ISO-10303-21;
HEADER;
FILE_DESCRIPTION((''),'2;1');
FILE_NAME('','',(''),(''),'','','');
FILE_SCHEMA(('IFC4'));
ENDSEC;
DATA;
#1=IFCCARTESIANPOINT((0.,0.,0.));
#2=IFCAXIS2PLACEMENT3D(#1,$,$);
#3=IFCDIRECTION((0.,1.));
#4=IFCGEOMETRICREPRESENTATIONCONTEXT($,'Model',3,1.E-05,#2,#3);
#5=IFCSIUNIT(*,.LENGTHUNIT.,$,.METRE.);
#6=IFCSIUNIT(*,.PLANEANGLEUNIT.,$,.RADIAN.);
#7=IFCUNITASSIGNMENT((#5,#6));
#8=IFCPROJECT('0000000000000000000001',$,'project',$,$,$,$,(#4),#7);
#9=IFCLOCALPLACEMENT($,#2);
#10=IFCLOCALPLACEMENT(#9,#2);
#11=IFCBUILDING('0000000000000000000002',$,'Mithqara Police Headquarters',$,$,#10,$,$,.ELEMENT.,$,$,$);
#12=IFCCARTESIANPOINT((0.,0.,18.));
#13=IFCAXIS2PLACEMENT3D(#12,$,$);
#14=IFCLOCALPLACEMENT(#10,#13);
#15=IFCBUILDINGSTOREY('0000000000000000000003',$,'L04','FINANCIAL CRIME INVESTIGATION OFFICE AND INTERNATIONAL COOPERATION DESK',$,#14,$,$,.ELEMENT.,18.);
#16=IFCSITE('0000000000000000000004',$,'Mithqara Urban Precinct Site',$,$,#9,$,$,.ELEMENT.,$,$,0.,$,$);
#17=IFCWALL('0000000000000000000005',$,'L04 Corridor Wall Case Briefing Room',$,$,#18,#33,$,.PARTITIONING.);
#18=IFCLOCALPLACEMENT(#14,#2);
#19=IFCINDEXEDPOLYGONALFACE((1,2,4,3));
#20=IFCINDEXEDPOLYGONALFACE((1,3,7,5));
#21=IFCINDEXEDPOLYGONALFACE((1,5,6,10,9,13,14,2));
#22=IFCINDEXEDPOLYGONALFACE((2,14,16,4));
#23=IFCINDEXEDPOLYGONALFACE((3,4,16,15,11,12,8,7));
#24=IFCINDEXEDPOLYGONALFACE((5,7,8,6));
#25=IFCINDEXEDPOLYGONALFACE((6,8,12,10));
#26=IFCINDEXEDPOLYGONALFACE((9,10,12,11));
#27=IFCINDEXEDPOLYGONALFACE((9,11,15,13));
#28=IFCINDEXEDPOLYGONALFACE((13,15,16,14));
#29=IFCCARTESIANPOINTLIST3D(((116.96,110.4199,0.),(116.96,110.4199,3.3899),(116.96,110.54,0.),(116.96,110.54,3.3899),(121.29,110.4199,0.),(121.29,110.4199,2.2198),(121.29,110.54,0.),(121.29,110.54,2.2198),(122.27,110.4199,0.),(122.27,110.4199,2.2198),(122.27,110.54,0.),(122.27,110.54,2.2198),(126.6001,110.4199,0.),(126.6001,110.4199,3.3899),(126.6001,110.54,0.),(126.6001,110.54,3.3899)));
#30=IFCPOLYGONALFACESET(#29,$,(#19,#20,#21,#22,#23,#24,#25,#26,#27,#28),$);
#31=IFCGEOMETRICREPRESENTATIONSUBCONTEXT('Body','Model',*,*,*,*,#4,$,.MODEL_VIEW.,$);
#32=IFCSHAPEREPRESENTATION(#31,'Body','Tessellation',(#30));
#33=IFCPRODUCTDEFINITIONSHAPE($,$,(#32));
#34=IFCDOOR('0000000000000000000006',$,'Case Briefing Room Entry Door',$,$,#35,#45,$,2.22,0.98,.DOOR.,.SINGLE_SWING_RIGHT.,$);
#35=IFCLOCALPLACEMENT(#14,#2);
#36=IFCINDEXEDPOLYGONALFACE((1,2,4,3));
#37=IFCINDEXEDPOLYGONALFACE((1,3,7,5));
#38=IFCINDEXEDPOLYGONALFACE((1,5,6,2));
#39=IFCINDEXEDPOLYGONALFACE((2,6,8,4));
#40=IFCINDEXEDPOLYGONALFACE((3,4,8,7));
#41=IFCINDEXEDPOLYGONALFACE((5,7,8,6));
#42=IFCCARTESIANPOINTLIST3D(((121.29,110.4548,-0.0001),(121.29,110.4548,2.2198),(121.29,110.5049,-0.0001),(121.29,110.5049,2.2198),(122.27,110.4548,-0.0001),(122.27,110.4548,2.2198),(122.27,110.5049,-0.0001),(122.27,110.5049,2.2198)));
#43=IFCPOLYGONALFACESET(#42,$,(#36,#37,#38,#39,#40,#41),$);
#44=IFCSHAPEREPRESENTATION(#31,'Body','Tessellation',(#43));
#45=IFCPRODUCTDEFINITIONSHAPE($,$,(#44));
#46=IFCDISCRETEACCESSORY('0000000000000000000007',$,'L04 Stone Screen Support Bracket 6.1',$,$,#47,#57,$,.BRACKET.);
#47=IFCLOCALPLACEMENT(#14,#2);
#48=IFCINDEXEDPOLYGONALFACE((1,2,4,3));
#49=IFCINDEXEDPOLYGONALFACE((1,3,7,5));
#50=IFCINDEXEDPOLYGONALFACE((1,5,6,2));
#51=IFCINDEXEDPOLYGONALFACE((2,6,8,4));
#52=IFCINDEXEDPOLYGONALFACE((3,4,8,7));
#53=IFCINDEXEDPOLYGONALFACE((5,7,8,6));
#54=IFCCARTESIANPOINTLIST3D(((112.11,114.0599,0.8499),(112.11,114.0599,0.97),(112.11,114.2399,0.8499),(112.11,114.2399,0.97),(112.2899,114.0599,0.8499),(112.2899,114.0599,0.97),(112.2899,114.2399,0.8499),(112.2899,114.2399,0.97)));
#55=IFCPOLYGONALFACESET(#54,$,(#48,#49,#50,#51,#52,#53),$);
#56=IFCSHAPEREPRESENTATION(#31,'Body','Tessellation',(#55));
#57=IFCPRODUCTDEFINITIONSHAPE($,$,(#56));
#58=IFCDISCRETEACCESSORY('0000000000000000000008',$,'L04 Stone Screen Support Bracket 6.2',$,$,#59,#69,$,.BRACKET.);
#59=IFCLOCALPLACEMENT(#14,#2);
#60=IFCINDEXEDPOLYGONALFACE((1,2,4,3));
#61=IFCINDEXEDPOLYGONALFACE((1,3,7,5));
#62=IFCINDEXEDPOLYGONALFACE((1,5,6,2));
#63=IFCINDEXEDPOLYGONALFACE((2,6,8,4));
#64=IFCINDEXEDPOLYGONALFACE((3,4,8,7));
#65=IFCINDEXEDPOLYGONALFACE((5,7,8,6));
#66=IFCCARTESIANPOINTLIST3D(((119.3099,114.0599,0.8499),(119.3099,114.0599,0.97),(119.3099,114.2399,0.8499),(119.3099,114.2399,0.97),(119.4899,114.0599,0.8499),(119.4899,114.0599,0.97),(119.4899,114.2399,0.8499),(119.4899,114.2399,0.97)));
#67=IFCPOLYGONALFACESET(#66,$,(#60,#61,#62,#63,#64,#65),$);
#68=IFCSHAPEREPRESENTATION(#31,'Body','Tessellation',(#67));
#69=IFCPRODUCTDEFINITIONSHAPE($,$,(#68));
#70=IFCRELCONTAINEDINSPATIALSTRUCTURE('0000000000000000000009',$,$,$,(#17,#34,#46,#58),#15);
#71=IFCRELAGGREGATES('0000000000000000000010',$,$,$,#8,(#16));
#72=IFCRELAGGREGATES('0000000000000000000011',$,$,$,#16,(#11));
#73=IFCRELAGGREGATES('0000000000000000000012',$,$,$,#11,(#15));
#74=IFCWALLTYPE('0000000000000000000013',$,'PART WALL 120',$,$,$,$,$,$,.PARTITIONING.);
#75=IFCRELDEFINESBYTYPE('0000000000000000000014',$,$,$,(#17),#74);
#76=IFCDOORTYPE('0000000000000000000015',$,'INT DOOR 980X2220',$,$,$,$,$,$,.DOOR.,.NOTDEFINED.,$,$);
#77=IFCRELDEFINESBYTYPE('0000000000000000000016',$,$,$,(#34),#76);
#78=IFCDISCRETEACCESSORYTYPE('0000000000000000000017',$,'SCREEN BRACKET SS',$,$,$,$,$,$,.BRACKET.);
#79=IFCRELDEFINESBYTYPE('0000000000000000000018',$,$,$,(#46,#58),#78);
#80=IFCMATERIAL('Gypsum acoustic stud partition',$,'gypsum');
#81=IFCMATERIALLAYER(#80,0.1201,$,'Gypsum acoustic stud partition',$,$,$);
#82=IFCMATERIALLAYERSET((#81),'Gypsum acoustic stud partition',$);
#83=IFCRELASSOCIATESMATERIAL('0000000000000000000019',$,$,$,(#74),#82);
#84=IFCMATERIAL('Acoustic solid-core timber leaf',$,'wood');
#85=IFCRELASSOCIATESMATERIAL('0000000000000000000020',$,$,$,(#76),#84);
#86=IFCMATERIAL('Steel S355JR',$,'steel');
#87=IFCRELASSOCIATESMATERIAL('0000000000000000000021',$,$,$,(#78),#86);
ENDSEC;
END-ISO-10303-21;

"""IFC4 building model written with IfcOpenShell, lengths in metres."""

from ifc_helpers import new_model, si_unit, direction, frame, frame_2d, origin, origin_2d, place, context, subcontext, project, spatial, rectangle, extrude, material, layer, layer_set, type_object, element, fill, save


model = new_model("IFC4")

# Units and contexts
model_context = context("Model", 3, precision=1e-05, world=origin(), true_north=direction((0.0, 1.0)))
body_context = subcontext(model_context, "Body", "Model", "MODEL_VIEW")
ifc_project = project(units=[si_unit("LENGTHUNIT", "METRE"), si_unit("PLANEANGLEUNIT", "RADIAN")], contexts=[model_context])

# Site, building, storey
site_placement = place(None, origin())
site = spatial("IfcSite", under=ifc_project, at=site_placement, Name="Mithqara Urban Precinct Site", CompositionType="ELEMENT", RefElevation=0.0)
building_placement = place(site_placement, origin())
building = spatial("IfcBuilding", under=site, at=building_placement, Name="Mithqara Police Headquarters", CompositionType="ELEMENT")
storey_placement = place(building_placement, frame((0.0, 0.0, 18.0)))
storey = spatial("IfcBuildingStorey", under=building, at=storey_placement, Name="L04", Description="FINANCIAL CRIME INVESTIGATION OFFICE AND INTERNATIONAL COOPERATION DESK", CompositionType="ELEMENT", Elevation=18.0)

# Shared definitions
ifc_material_1 = material(Name="Steel S355JR", Category="steel")

# Shared definitions
ifc_material_2 = material(Name="Gypsum acoustic stud partition", Category="gypsum")
ifc_layer_1 = layer(ifc_material_2, 0.1201, Name="Gypsum acoustic stud partition")
ifc_layer_set_1 = layer_set([ifc_layer_1], Name="Gypsum acoustic stud partition")
wall_type = type_object("IfcWallType", Name="PART WALL 120", PredefinedType="PARTITIONING", material=ifc_layer_set_1)
ifc_material_3 = material(Name="Acoustic solid-core timber leaf", Category="wood")

# Wall, opening, door
wall_1_placement = place(storey_placement, frame((116.96, 110.48, 0.0), z_axis=(0.0, 0.0, 1.0), x_axis=(1.0, 0.0, 0.0)))
wall_1 = element("IfcWall", 1, at=wall_1_placement, inside=storey, type_object=wall_type, Name="L04 Corridor Wall Case Briefing Room", PredefinedType="PARTITIONING", context=body_context, shape_type="SweptSolid", body=[
    extrude(rectangle(XDim=9.6401, YDim=0.1201, at=frame_2d((4.8201, 0.0))), origin(), (0.0, 0.0, 1.0), 3.3899),
])
opening_1_placement = place(wall_1_placement, frame((4.3301, 0.0, 0.0)))
opening_1 = element("IfcOpeningElement", 2, at=opening_1_placement, cuts=wall_1, PredefinedType="OPENING", context=body_context, shape_type="SweptSolid", body=[
    extrude(rectangle(XDim=0.98, YDim=2.22, at=frame_2d((0.49, 1.1099))), frame((0.0, 0.0701, 0.0), z_axis=(0.0, -1.0, 0.0), x_axis=(1.0, 0.0, 0.0)), (0.0, 0.0, 1.0), 0.1401),
])
door_type_1 = type_object("IfcDoorType", Name="INT DOOR 980X2220", OperationType="NOTDEFINED", PredefinedType="DOOR", material=ifc_material_3)
door_1_placement = place(opening_1_placement, origin())
door_1 = element("IfcDoor", 3, at=door_1_placement, inside=storey, type_object=door_type_1, Name="Case Briefing Room Entry Door", OperationType="SINGLE_SWING_RIGHT", OverallHeight=2.22, OverallWidth=0.98, PredefinedType="DOOR", context=body_context, shape_type="SweptSolid", body=[
    extrude(rectangle(XDim=0.98, YDim=2.22, at=frame_2d((0.49, 1.1099))), frame((0.0, 0.0249, 0.0), z_axis=(0.0, -1.0, 0.0), x_axis=(1.0, 0.0, 0.0)), (0.0, 0.0, 1.0), 0.05),
])
fill(opening_1, door_1)

# Discrete accessories
discrete_accessory_type = type_object("IfcDiscreteAccessoryType", Name="SCREEN BRACKET SS", PredefinedType="BRACKET", material=ifc_material_1)
for number, where, z_axis, x_axis, name in (
    (4, (112.2, 114.1499, 0.8499), (0.0, 0.0, 1.0), (1.0, 0.0, 0.0), "L04 Stone Screen Support Bracket 6.1"),
    (5, (119.3999, 114.1499, 0.8499), (0.0, 0.0, 1.0), (1.0, 0.0, 0.0), "L04 Stone Screen Support Bracket 6.2"),
):
    element("IfcDiscreteAccessory", number, at=place(storey_placement, frame(where, z_axis=z_axis, x_axis=x_axis)), inside=storey, type_object=discrete_accessory_type, Name=name, PredefinedType="BRACKET", context=body_context, shape_type="SweptSolid", body=[
        extrude(rectangle(XDim=0.1799, YDim=0.1799, at=origin_2d()), origin(), (0.0, 0.0, 1.0), 0.1201),
    ])

save(model, "model.ifc")
